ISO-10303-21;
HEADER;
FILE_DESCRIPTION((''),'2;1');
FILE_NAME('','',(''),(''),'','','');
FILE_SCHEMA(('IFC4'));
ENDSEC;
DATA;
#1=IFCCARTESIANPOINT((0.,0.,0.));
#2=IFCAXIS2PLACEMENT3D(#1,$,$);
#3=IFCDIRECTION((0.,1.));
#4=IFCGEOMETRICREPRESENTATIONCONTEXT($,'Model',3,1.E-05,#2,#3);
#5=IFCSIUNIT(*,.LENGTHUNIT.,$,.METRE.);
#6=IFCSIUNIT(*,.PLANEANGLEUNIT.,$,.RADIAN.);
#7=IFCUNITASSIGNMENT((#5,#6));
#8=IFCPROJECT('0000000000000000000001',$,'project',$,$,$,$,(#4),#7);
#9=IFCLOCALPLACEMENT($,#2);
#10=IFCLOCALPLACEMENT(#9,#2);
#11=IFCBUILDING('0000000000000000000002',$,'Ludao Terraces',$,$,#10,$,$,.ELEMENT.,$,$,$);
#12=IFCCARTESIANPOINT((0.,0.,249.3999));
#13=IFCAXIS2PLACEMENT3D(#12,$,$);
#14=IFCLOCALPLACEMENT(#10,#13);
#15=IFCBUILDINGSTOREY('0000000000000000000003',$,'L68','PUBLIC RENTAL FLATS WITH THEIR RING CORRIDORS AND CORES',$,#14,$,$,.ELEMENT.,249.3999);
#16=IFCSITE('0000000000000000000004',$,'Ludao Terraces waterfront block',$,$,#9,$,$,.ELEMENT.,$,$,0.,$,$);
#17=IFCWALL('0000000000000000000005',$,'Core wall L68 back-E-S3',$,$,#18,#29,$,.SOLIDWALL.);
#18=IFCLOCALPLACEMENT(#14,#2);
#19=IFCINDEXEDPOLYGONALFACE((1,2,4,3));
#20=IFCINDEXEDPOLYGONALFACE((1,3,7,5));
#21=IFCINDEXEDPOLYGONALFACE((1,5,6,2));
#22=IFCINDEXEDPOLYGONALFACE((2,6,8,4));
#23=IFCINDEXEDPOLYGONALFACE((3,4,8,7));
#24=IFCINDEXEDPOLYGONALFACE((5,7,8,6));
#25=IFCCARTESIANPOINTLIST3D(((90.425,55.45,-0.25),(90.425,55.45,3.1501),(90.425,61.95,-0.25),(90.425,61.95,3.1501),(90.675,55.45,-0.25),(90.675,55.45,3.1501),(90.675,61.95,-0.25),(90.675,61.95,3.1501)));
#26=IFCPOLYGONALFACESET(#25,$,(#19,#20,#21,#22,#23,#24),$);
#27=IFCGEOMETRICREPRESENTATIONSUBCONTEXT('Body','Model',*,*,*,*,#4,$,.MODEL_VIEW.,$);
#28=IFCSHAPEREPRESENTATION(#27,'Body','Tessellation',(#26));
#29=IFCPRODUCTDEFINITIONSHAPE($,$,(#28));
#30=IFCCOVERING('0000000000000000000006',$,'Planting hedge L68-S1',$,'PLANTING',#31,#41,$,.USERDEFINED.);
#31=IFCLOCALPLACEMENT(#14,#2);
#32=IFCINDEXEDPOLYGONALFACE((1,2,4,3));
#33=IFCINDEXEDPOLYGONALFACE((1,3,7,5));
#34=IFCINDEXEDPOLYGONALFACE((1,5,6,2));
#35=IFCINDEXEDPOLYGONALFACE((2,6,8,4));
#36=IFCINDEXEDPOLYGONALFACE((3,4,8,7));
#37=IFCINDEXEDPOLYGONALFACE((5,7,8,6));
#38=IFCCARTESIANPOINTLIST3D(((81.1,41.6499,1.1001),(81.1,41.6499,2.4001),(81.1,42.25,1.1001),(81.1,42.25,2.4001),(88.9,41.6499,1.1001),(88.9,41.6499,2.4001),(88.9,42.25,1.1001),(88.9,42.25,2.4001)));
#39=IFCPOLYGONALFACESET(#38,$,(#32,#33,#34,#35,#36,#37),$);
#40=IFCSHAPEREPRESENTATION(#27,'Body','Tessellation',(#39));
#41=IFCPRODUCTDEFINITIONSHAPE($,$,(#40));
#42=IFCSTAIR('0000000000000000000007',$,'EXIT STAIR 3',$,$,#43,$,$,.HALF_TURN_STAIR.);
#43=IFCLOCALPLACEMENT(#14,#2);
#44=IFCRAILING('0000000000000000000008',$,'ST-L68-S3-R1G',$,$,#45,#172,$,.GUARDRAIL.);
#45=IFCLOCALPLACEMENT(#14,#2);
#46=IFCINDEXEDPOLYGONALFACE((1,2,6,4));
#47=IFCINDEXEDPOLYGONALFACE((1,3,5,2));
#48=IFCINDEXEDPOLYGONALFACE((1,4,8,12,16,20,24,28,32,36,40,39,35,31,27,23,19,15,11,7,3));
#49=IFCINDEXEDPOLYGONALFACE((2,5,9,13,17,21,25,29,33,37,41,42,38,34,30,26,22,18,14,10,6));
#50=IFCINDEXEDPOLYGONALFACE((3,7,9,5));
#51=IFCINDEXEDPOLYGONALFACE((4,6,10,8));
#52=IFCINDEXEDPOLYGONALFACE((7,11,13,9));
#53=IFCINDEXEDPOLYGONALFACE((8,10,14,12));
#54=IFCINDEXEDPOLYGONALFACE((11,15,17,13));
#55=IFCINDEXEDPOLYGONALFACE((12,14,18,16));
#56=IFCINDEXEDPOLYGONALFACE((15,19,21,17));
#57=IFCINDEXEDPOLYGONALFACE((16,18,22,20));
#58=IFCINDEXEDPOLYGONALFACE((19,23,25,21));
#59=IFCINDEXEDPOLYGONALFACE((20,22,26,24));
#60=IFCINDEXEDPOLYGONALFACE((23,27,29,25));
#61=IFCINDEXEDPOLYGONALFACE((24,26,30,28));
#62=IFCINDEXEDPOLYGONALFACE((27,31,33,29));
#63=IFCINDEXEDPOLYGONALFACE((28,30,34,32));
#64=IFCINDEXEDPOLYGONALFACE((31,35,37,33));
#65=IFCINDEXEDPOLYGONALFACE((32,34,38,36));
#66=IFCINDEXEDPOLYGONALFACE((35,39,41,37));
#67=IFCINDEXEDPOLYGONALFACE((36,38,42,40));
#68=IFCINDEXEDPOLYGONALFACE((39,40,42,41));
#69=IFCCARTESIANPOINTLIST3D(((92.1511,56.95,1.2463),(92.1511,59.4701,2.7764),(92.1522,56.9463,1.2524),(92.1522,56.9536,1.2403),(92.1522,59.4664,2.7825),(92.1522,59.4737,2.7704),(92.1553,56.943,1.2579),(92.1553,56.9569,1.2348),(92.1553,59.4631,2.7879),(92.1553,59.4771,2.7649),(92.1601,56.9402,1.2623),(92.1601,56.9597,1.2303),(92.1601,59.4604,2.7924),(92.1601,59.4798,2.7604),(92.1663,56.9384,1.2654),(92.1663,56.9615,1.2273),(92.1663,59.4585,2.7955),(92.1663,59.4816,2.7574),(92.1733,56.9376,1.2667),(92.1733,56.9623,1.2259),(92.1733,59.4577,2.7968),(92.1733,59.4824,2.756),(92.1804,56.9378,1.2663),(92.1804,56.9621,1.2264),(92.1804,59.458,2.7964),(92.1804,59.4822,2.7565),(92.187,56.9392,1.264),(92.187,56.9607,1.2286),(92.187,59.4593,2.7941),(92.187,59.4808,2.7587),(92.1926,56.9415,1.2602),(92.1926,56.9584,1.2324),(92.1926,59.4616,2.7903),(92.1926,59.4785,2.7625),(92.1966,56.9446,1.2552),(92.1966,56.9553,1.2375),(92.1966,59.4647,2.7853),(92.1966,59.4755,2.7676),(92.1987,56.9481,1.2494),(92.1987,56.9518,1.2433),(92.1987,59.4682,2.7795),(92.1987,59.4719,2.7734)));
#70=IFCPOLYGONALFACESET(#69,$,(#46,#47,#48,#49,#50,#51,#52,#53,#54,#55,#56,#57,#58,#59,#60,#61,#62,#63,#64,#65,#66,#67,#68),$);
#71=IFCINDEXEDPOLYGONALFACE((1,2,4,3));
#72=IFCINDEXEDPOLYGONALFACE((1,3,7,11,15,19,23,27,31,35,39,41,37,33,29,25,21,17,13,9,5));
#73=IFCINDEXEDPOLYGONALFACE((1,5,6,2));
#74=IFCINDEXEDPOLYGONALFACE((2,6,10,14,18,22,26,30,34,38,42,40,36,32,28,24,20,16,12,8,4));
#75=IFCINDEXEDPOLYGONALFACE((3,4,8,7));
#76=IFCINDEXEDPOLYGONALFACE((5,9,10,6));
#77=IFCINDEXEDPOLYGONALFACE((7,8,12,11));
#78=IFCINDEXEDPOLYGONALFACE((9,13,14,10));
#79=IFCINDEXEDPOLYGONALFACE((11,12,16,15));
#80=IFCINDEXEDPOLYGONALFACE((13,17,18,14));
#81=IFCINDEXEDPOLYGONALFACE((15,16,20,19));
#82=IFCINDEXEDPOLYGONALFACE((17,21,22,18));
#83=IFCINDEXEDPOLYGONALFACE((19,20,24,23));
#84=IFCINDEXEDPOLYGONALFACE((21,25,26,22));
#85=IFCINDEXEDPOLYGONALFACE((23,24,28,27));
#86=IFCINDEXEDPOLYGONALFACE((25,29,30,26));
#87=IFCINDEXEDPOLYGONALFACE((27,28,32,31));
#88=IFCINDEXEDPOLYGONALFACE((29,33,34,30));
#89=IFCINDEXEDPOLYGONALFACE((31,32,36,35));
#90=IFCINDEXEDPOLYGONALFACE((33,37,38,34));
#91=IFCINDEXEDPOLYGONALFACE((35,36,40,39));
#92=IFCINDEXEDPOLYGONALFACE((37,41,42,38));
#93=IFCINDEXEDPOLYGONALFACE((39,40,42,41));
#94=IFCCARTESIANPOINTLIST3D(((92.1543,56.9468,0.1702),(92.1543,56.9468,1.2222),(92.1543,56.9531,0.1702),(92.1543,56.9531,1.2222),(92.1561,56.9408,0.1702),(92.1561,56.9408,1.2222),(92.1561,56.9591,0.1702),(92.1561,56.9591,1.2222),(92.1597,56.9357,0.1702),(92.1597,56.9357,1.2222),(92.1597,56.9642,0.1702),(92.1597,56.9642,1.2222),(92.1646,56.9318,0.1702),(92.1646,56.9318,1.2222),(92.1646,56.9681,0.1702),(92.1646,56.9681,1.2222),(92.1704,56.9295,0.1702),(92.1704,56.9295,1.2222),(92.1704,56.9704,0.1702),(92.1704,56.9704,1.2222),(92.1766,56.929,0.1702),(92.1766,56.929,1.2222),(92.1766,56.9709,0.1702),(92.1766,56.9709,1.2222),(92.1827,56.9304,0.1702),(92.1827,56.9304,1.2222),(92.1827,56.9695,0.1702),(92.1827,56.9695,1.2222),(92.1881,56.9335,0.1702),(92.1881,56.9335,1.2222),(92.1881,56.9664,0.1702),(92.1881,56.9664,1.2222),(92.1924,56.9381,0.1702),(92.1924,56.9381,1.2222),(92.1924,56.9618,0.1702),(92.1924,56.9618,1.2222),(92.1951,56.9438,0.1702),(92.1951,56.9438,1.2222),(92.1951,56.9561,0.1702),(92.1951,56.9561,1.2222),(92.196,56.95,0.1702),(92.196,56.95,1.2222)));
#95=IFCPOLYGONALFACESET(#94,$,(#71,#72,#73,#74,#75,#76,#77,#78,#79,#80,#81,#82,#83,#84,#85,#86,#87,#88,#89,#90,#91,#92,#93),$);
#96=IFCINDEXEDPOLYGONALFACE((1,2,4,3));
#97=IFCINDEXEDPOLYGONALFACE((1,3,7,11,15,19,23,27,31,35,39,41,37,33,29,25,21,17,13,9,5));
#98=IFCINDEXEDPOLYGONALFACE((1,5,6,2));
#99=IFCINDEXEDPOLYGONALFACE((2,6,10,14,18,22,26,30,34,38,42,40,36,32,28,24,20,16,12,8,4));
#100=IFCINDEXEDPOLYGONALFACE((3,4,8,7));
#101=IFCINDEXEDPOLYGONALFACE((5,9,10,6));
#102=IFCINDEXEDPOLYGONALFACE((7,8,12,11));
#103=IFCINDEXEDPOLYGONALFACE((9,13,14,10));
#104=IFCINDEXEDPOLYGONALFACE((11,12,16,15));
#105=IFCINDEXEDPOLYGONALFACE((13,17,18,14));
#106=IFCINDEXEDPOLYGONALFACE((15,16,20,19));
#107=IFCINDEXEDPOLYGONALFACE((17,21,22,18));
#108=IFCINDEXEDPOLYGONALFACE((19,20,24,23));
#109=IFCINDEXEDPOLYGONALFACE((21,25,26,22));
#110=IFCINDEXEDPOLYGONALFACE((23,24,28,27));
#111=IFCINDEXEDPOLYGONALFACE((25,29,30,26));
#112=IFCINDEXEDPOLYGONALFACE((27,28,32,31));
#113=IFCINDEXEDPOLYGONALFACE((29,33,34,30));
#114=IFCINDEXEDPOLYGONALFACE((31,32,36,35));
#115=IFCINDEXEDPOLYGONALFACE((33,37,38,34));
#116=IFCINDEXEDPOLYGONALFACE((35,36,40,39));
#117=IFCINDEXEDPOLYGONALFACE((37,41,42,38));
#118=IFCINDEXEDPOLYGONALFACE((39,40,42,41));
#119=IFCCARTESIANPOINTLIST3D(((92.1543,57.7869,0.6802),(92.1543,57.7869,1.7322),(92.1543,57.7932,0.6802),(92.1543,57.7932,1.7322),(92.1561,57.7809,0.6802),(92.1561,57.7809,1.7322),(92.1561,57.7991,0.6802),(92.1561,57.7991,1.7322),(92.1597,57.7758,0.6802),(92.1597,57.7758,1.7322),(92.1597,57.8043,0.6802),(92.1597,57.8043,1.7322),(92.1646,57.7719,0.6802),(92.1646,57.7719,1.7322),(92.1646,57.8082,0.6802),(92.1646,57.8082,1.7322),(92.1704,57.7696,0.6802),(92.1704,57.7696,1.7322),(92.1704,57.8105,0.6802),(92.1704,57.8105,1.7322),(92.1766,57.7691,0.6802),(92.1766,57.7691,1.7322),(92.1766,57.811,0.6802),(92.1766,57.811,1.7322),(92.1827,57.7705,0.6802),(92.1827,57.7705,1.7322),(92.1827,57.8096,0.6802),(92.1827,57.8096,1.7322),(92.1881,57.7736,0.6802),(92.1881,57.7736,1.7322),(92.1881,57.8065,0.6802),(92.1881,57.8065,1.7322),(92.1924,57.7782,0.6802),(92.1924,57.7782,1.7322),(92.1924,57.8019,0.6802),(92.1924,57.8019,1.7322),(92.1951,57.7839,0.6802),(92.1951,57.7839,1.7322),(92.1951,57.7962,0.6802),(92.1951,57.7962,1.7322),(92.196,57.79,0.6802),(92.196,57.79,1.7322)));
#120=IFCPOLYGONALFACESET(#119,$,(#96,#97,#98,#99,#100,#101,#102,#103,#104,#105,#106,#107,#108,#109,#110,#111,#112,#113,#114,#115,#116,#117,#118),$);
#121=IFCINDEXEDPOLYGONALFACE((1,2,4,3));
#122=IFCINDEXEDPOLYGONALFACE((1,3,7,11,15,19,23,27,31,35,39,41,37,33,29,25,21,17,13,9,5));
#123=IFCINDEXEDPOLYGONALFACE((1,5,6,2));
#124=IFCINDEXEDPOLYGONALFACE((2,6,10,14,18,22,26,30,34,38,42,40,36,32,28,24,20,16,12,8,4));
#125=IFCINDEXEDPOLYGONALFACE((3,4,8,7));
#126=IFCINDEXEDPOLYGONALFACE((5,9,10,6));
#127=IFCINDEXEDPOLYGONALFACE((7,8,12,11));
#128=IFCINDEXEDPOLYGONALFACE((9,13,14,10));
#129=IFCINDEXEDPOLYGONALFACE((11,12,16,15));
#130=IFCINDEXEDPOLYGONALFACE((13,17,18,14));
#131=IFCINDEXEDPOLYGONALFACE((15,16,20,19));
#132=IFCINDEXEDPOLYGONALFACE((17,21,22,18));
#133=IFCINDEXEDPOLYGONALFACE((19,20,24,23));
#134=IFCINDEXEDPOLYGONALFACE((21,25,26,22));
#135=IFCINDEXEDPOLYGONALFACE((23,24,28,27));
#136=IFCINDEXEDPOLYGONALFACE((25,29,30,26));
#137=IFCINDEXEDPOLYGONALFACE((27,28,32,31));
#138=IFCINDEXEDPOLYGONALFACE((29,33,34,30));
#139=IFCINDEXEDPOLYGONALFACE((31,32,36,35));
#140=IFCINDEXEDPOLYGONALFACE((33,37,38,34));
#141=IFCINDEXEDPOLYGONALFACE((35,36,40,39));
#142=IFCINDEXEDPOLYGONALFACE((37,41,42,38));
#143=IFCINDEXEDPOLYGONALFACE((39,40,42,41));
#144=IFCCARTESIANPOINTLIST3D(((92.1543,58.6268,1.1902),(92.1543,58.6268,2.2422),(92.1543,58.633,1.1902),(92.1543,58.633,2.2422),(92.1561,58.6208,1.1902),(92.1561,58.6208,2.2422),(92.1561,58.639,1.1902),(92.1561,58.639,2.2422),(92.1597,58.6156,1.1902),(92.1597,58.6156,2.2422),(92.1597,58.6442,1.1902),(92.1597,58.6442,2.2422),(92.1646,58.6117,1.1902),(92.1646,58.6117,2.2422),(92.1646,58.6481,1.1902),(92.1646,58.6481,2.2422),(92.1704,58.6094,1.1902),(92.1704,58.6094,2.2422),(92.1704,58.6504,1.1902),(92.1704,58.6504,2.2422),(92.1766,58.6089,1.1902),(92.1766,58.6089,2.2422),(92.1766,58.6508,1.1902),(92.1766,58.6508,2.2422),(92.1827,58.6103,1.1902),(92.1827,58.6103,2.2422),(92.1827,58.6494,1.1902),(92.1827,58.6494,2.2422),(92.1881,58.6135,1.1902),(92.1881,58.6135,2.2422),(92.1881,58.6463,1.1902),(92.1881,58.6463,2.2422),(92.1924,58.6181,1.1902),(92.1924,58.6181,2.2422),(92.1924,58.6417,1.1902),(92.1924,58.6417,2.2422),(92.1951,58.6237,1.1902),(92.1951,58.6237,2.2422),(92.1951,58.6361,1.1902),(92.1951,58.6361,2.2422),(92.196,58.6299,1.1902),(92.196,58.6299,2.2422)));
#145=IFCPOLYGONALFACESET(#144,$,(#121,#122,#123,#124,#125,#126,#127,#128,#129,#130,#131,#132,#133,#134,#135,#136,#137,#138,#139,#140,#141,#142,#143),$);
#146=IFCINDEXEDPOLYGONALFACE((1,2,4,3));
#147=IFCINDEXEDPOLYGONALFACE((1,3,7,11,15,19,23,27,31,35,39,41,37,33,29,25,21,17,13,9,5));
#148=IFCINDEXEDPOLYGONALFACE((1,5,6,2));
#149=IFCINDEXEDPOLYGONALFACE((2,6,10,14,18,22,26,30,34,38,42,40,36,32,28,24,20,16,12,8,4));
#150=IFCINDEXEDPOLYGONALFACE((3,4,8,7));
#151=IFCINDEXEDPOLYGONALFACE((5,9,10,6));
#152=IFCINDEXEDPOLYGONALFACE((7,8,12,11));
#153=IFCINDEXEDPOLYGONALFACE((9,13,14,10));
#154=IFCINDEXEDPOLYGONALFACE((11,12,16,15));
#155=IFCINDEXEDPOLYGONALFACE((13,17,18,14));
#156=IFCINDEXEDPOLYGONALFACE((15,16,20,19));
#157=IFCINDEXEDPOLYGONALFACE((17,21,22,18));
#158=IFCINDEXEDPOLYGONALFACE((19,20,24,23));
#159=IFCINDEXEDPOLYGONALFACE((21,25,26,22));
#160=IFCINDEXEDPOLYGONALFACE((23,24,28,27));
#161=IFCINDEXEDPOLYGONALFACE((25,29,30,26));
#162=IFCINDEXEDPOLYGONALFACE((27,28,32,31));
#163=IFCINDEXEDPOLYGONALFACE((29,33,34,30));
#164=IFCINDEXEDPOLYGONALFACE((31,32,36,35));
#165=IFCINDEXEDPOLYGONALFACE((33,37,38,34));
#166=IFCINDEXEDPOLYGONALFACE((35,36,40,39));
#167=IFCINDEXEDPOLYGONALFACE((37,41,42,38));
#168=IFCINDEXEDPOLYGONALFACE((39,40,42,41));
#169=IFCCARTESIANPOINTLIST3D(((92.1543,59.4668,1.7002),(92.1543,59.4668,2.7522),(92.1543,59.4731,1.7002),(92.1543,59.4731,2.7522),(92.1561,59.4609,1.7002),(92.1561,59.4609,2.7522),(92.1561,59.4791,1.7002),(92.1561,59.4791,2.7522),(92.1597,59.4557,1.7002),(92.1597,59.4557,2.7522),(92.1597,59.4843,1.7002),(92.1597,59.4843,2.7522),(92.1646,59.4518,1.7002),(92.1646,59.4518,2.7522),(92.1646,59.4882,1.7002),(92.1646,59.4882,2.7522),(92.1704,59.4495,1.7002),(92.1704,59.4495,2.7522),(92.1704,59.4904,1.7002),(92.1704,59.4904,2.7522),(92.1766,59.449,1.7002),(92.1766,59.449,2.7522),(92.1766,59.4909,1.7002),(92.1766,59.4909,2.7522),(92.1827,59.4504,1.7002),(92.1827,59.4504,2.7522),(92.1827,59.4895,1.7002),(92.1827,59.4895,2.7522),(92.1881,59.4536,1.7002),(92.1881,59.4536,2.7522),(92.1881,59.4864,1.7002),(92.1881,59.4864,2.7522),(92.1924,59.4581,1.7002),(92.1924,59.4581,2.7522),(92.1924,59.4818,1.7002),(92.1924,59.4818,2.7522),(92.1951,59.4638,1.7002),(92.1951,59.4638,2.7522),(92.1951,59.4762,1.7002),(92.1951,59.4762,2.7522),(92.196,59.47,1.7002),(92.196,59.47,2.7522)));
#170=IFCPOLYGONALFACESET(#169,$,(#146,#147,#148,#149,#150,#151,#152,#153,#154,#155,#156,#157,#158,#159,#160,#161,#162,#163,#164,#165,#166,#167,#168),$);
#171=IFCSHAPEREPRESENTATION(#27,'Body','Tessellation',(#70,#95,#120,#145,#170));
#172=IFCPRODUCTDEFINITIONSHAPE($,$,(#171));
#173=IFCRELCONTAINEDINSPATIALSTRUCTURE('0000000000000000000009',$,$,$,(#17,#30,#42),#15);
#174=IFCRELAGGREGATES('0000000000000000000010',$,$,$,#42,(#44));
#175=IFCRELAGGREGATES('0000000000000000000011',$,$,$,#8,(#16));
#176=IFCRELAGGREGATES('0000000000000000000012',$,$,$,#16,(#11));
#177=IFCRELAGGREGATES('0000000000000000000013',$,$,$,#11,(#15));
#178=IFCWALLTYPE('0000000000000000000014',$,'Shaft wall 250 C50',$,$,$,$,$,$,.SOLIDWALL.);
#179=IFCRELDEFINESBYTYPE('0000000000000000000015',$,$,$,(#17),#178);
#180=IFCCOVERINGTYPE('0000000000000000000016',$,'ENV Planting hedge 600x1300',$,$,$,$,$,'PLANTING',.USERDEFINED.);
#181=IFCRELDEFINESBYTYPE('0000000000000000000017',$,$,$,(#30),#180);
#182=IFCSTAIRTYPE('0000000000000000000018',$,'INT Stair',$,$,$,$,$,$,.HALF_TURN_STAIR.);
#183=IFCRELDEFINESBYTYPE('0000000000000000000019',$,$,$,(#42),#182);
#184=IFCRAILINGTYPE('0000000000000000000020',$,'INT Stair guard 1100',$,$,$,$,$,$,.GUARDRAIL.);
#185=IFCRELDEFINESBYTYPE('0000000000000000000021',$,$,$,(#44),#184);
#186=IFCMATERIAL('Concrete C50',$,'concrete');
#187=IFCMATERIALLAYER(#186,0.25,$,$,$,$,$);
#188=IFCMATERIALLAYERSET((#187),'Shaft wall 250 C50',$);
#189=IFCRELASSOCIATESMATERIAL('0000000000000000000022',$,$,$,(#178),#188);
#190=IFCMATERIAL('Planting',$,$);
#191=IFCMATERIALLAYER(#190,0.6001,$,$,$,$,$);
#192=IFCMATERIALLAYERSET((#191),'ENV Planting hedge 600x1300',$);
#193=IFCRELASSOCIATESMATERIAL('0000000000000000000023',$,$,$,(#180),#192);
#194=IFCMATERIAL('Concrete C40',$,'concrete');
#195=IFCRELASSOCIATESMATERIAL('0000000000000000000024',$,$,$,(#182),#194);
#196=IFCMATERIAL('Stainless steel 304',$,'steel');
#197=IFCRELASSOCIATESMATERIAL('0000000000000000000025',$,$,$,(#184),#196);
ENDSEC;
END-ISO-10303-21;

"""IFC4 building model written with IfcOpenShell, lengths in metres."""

from ifc_helpers import new_model, si_unit, direction, frame, frame_2d, origin, origin_2d, place, context, subcontext, project, spatial, rectangle, circle, extrude, material, layer, layer_set, type_object, element, aggregate, save


model = new_model("IFC4")

# Units and contexts
model_context = context("Model", 3, precision=1e-05, world=origin(), true_north=direction((0.0, 1.0)))
body_context = subcontext(model_context, "Body", "Model", "MODEL_VIEW")
ifc_project = project(units=[si_unit("LENGTHUNIT", "METRE"), si_unit("PLANEANGLEUNIT", "RADIAN")], contexts=[model_context])

# Site, building, storey
site_placement = place(None, origin())
site = spatial("IfcSite", under=ifc_project, at=site_placement, Name="Ludao Terraces waterfront block", CompositionType="ELEMENT", RefElevation=0.0)
building_placement = place(site_placement, origin())
building = spatial("IfcBuilding", under=site, at=building_placement, Name="Ludao Terraces", CompositionType="ELEMENT")
storey_placement = place(building_placement, frame((0.0, 0.0, 249.3999)))
storey = spatial("IfcBuildingStorey", under=building, at=storey_placement, Name="L68", Description="PUBLIC RENTAL FLATS WITH THEIR RING CORRIDORS AND CORES", CompositionType="ELEMENT", Elevation=249.3999)

# Shared definitions
ifc_material_1 = material(Name="Concrete C40", Category="concrete")

# Shared definitions
ifc_material_2 = material(Name="Concrete C50", Category="concrete")

# Wall
ifc_layer_1 = layer(ifc_material_2, 0.25)
ifc_layer_set_1 = layer_set([ifc_layer_1], Name="Shaft wall 250 C50")
wall_type_1 = type_object("IfcWallType", Name="Shaft wall 250 C50", PredefinedType="SOLIDWALL", material=ifc_layer_set_1)
wall_1_placement = place(storey_placement, frame((90.55, 55.45, -0.25), z_axis=(0.0, 0.0, 1.0), x_axis=(0.0, 1.0, 0.0)))
element("IfcWall", 1, at=wall_1_placement, inside=storey, type_object=wall_type_1, Name="Core wall L68 back-E-S3", PredefinedType="SOLIDWALL", context=body_context, shape_type="SweptSolid", body=[
    extrude(rectangle(XDim=6.5, YDim=0.25, at=frame_2d((3.25, 0.0))), origin(), (0.0, 0.0, 1.0), 3.4001),
])

# Covering
ifc_material_3 = material(Name="Planting")
ifc_layer_2 = layer(ifc_material_3, 0.6001)
ifc_layer_set_2 = layer_set([ifc_layer_2], Name="ENV Planting hedge 600x1300")
covering_type = type_object("IfcCoveringType", Name="ENV Planting hedge 600x1300", ElementType="PLANTING", PredefinedType="USERDEFINED", material=ifc_layer_set_2)
covering_placement = place(storey_placement, frame((85.0, 41.95, 1.1001), z_axis=(0.0, 0.0, 1.0), x_axis=(1.0, 0.0, 0.0)))
element("IfcCovering", 2, at=covering_placement, inside=storey, type_object=covering_type, Name="Planting hedge L68-S1", ObjectType="PLANTING", PredefinedType="USERDEFINED", context=body_context, shape_type="SweptSolid", body=[
    extrude(rectangle(XDim=7.8, YDim=0.6001, at=origin_2d()), origin(), (0.0, 0.0, 1.0), 1.3),
])

# Stair, railing
stair_type = type_object("IfcStairType", Name="INT Stair", PredefinedType="HALF_TURN_STAIR", material=ifc_material_1)
stair_placement = place(storey_placement, origin())
stair = element("IfcStair", 3, at=stair_placement, inside=storey, type_object=stair_type, Name="EXIT STAIR 3", PredefinedType="HALF_TURN_STAIR")
ifc_material_4 = material(Name="Stainless steel 304", Category="steel")
railing_type_1 = type_object("IfcRailingType", Name="INT Stair guard 1100", PredefinedType="GUARDRAIL", material=ifc_material_4)
railing_1_placement = place(storey_placement, frame((92.175, 56.95, 0.1702)))
railing_1 = element("IfcRailing", 4, at=railing_1_placement, type_object=railing_type_1, Name="ST-L68-S3-R1G", PredefinedType="GUARDRAIL", context=body_context, shape_type="SweptSolid", body=[
    extrude(circle(Radius=0.0239, at=origin_2d()), frame((0.0, 0.0, 1.0762), z_axis=(0.0, 0.854785, 0.518982), x_axis=(-1.0, 0.0, 0.0)), (0.0, 0.0, 1.0), 2.9482),
    extrude(circle(Radius=0.021, at=origin_2d()), origin(), (0.0, 0.0, 1.0), 1.052),
    extrude(circle(Radius=0.021, at=origin_2d()), frame((0.0, 0.8401, 0.51)), (0.0, 0.0, 1.0), 1.052),
    extrude(circle(Radius=0.021, at=origin_2d()), frame((0.0, 1.6799, 1.02)), (0.0, 0.0, 1.0), 1.052),
    extrude(circle(Radius=0.021, at=origin_2d()), frame((0.0, 2.52, 1.53)), (0.0, 0.0, 1.0), 1.052),
])
aggregate(stair, [railing_1])

save(model, "model.ifc")
